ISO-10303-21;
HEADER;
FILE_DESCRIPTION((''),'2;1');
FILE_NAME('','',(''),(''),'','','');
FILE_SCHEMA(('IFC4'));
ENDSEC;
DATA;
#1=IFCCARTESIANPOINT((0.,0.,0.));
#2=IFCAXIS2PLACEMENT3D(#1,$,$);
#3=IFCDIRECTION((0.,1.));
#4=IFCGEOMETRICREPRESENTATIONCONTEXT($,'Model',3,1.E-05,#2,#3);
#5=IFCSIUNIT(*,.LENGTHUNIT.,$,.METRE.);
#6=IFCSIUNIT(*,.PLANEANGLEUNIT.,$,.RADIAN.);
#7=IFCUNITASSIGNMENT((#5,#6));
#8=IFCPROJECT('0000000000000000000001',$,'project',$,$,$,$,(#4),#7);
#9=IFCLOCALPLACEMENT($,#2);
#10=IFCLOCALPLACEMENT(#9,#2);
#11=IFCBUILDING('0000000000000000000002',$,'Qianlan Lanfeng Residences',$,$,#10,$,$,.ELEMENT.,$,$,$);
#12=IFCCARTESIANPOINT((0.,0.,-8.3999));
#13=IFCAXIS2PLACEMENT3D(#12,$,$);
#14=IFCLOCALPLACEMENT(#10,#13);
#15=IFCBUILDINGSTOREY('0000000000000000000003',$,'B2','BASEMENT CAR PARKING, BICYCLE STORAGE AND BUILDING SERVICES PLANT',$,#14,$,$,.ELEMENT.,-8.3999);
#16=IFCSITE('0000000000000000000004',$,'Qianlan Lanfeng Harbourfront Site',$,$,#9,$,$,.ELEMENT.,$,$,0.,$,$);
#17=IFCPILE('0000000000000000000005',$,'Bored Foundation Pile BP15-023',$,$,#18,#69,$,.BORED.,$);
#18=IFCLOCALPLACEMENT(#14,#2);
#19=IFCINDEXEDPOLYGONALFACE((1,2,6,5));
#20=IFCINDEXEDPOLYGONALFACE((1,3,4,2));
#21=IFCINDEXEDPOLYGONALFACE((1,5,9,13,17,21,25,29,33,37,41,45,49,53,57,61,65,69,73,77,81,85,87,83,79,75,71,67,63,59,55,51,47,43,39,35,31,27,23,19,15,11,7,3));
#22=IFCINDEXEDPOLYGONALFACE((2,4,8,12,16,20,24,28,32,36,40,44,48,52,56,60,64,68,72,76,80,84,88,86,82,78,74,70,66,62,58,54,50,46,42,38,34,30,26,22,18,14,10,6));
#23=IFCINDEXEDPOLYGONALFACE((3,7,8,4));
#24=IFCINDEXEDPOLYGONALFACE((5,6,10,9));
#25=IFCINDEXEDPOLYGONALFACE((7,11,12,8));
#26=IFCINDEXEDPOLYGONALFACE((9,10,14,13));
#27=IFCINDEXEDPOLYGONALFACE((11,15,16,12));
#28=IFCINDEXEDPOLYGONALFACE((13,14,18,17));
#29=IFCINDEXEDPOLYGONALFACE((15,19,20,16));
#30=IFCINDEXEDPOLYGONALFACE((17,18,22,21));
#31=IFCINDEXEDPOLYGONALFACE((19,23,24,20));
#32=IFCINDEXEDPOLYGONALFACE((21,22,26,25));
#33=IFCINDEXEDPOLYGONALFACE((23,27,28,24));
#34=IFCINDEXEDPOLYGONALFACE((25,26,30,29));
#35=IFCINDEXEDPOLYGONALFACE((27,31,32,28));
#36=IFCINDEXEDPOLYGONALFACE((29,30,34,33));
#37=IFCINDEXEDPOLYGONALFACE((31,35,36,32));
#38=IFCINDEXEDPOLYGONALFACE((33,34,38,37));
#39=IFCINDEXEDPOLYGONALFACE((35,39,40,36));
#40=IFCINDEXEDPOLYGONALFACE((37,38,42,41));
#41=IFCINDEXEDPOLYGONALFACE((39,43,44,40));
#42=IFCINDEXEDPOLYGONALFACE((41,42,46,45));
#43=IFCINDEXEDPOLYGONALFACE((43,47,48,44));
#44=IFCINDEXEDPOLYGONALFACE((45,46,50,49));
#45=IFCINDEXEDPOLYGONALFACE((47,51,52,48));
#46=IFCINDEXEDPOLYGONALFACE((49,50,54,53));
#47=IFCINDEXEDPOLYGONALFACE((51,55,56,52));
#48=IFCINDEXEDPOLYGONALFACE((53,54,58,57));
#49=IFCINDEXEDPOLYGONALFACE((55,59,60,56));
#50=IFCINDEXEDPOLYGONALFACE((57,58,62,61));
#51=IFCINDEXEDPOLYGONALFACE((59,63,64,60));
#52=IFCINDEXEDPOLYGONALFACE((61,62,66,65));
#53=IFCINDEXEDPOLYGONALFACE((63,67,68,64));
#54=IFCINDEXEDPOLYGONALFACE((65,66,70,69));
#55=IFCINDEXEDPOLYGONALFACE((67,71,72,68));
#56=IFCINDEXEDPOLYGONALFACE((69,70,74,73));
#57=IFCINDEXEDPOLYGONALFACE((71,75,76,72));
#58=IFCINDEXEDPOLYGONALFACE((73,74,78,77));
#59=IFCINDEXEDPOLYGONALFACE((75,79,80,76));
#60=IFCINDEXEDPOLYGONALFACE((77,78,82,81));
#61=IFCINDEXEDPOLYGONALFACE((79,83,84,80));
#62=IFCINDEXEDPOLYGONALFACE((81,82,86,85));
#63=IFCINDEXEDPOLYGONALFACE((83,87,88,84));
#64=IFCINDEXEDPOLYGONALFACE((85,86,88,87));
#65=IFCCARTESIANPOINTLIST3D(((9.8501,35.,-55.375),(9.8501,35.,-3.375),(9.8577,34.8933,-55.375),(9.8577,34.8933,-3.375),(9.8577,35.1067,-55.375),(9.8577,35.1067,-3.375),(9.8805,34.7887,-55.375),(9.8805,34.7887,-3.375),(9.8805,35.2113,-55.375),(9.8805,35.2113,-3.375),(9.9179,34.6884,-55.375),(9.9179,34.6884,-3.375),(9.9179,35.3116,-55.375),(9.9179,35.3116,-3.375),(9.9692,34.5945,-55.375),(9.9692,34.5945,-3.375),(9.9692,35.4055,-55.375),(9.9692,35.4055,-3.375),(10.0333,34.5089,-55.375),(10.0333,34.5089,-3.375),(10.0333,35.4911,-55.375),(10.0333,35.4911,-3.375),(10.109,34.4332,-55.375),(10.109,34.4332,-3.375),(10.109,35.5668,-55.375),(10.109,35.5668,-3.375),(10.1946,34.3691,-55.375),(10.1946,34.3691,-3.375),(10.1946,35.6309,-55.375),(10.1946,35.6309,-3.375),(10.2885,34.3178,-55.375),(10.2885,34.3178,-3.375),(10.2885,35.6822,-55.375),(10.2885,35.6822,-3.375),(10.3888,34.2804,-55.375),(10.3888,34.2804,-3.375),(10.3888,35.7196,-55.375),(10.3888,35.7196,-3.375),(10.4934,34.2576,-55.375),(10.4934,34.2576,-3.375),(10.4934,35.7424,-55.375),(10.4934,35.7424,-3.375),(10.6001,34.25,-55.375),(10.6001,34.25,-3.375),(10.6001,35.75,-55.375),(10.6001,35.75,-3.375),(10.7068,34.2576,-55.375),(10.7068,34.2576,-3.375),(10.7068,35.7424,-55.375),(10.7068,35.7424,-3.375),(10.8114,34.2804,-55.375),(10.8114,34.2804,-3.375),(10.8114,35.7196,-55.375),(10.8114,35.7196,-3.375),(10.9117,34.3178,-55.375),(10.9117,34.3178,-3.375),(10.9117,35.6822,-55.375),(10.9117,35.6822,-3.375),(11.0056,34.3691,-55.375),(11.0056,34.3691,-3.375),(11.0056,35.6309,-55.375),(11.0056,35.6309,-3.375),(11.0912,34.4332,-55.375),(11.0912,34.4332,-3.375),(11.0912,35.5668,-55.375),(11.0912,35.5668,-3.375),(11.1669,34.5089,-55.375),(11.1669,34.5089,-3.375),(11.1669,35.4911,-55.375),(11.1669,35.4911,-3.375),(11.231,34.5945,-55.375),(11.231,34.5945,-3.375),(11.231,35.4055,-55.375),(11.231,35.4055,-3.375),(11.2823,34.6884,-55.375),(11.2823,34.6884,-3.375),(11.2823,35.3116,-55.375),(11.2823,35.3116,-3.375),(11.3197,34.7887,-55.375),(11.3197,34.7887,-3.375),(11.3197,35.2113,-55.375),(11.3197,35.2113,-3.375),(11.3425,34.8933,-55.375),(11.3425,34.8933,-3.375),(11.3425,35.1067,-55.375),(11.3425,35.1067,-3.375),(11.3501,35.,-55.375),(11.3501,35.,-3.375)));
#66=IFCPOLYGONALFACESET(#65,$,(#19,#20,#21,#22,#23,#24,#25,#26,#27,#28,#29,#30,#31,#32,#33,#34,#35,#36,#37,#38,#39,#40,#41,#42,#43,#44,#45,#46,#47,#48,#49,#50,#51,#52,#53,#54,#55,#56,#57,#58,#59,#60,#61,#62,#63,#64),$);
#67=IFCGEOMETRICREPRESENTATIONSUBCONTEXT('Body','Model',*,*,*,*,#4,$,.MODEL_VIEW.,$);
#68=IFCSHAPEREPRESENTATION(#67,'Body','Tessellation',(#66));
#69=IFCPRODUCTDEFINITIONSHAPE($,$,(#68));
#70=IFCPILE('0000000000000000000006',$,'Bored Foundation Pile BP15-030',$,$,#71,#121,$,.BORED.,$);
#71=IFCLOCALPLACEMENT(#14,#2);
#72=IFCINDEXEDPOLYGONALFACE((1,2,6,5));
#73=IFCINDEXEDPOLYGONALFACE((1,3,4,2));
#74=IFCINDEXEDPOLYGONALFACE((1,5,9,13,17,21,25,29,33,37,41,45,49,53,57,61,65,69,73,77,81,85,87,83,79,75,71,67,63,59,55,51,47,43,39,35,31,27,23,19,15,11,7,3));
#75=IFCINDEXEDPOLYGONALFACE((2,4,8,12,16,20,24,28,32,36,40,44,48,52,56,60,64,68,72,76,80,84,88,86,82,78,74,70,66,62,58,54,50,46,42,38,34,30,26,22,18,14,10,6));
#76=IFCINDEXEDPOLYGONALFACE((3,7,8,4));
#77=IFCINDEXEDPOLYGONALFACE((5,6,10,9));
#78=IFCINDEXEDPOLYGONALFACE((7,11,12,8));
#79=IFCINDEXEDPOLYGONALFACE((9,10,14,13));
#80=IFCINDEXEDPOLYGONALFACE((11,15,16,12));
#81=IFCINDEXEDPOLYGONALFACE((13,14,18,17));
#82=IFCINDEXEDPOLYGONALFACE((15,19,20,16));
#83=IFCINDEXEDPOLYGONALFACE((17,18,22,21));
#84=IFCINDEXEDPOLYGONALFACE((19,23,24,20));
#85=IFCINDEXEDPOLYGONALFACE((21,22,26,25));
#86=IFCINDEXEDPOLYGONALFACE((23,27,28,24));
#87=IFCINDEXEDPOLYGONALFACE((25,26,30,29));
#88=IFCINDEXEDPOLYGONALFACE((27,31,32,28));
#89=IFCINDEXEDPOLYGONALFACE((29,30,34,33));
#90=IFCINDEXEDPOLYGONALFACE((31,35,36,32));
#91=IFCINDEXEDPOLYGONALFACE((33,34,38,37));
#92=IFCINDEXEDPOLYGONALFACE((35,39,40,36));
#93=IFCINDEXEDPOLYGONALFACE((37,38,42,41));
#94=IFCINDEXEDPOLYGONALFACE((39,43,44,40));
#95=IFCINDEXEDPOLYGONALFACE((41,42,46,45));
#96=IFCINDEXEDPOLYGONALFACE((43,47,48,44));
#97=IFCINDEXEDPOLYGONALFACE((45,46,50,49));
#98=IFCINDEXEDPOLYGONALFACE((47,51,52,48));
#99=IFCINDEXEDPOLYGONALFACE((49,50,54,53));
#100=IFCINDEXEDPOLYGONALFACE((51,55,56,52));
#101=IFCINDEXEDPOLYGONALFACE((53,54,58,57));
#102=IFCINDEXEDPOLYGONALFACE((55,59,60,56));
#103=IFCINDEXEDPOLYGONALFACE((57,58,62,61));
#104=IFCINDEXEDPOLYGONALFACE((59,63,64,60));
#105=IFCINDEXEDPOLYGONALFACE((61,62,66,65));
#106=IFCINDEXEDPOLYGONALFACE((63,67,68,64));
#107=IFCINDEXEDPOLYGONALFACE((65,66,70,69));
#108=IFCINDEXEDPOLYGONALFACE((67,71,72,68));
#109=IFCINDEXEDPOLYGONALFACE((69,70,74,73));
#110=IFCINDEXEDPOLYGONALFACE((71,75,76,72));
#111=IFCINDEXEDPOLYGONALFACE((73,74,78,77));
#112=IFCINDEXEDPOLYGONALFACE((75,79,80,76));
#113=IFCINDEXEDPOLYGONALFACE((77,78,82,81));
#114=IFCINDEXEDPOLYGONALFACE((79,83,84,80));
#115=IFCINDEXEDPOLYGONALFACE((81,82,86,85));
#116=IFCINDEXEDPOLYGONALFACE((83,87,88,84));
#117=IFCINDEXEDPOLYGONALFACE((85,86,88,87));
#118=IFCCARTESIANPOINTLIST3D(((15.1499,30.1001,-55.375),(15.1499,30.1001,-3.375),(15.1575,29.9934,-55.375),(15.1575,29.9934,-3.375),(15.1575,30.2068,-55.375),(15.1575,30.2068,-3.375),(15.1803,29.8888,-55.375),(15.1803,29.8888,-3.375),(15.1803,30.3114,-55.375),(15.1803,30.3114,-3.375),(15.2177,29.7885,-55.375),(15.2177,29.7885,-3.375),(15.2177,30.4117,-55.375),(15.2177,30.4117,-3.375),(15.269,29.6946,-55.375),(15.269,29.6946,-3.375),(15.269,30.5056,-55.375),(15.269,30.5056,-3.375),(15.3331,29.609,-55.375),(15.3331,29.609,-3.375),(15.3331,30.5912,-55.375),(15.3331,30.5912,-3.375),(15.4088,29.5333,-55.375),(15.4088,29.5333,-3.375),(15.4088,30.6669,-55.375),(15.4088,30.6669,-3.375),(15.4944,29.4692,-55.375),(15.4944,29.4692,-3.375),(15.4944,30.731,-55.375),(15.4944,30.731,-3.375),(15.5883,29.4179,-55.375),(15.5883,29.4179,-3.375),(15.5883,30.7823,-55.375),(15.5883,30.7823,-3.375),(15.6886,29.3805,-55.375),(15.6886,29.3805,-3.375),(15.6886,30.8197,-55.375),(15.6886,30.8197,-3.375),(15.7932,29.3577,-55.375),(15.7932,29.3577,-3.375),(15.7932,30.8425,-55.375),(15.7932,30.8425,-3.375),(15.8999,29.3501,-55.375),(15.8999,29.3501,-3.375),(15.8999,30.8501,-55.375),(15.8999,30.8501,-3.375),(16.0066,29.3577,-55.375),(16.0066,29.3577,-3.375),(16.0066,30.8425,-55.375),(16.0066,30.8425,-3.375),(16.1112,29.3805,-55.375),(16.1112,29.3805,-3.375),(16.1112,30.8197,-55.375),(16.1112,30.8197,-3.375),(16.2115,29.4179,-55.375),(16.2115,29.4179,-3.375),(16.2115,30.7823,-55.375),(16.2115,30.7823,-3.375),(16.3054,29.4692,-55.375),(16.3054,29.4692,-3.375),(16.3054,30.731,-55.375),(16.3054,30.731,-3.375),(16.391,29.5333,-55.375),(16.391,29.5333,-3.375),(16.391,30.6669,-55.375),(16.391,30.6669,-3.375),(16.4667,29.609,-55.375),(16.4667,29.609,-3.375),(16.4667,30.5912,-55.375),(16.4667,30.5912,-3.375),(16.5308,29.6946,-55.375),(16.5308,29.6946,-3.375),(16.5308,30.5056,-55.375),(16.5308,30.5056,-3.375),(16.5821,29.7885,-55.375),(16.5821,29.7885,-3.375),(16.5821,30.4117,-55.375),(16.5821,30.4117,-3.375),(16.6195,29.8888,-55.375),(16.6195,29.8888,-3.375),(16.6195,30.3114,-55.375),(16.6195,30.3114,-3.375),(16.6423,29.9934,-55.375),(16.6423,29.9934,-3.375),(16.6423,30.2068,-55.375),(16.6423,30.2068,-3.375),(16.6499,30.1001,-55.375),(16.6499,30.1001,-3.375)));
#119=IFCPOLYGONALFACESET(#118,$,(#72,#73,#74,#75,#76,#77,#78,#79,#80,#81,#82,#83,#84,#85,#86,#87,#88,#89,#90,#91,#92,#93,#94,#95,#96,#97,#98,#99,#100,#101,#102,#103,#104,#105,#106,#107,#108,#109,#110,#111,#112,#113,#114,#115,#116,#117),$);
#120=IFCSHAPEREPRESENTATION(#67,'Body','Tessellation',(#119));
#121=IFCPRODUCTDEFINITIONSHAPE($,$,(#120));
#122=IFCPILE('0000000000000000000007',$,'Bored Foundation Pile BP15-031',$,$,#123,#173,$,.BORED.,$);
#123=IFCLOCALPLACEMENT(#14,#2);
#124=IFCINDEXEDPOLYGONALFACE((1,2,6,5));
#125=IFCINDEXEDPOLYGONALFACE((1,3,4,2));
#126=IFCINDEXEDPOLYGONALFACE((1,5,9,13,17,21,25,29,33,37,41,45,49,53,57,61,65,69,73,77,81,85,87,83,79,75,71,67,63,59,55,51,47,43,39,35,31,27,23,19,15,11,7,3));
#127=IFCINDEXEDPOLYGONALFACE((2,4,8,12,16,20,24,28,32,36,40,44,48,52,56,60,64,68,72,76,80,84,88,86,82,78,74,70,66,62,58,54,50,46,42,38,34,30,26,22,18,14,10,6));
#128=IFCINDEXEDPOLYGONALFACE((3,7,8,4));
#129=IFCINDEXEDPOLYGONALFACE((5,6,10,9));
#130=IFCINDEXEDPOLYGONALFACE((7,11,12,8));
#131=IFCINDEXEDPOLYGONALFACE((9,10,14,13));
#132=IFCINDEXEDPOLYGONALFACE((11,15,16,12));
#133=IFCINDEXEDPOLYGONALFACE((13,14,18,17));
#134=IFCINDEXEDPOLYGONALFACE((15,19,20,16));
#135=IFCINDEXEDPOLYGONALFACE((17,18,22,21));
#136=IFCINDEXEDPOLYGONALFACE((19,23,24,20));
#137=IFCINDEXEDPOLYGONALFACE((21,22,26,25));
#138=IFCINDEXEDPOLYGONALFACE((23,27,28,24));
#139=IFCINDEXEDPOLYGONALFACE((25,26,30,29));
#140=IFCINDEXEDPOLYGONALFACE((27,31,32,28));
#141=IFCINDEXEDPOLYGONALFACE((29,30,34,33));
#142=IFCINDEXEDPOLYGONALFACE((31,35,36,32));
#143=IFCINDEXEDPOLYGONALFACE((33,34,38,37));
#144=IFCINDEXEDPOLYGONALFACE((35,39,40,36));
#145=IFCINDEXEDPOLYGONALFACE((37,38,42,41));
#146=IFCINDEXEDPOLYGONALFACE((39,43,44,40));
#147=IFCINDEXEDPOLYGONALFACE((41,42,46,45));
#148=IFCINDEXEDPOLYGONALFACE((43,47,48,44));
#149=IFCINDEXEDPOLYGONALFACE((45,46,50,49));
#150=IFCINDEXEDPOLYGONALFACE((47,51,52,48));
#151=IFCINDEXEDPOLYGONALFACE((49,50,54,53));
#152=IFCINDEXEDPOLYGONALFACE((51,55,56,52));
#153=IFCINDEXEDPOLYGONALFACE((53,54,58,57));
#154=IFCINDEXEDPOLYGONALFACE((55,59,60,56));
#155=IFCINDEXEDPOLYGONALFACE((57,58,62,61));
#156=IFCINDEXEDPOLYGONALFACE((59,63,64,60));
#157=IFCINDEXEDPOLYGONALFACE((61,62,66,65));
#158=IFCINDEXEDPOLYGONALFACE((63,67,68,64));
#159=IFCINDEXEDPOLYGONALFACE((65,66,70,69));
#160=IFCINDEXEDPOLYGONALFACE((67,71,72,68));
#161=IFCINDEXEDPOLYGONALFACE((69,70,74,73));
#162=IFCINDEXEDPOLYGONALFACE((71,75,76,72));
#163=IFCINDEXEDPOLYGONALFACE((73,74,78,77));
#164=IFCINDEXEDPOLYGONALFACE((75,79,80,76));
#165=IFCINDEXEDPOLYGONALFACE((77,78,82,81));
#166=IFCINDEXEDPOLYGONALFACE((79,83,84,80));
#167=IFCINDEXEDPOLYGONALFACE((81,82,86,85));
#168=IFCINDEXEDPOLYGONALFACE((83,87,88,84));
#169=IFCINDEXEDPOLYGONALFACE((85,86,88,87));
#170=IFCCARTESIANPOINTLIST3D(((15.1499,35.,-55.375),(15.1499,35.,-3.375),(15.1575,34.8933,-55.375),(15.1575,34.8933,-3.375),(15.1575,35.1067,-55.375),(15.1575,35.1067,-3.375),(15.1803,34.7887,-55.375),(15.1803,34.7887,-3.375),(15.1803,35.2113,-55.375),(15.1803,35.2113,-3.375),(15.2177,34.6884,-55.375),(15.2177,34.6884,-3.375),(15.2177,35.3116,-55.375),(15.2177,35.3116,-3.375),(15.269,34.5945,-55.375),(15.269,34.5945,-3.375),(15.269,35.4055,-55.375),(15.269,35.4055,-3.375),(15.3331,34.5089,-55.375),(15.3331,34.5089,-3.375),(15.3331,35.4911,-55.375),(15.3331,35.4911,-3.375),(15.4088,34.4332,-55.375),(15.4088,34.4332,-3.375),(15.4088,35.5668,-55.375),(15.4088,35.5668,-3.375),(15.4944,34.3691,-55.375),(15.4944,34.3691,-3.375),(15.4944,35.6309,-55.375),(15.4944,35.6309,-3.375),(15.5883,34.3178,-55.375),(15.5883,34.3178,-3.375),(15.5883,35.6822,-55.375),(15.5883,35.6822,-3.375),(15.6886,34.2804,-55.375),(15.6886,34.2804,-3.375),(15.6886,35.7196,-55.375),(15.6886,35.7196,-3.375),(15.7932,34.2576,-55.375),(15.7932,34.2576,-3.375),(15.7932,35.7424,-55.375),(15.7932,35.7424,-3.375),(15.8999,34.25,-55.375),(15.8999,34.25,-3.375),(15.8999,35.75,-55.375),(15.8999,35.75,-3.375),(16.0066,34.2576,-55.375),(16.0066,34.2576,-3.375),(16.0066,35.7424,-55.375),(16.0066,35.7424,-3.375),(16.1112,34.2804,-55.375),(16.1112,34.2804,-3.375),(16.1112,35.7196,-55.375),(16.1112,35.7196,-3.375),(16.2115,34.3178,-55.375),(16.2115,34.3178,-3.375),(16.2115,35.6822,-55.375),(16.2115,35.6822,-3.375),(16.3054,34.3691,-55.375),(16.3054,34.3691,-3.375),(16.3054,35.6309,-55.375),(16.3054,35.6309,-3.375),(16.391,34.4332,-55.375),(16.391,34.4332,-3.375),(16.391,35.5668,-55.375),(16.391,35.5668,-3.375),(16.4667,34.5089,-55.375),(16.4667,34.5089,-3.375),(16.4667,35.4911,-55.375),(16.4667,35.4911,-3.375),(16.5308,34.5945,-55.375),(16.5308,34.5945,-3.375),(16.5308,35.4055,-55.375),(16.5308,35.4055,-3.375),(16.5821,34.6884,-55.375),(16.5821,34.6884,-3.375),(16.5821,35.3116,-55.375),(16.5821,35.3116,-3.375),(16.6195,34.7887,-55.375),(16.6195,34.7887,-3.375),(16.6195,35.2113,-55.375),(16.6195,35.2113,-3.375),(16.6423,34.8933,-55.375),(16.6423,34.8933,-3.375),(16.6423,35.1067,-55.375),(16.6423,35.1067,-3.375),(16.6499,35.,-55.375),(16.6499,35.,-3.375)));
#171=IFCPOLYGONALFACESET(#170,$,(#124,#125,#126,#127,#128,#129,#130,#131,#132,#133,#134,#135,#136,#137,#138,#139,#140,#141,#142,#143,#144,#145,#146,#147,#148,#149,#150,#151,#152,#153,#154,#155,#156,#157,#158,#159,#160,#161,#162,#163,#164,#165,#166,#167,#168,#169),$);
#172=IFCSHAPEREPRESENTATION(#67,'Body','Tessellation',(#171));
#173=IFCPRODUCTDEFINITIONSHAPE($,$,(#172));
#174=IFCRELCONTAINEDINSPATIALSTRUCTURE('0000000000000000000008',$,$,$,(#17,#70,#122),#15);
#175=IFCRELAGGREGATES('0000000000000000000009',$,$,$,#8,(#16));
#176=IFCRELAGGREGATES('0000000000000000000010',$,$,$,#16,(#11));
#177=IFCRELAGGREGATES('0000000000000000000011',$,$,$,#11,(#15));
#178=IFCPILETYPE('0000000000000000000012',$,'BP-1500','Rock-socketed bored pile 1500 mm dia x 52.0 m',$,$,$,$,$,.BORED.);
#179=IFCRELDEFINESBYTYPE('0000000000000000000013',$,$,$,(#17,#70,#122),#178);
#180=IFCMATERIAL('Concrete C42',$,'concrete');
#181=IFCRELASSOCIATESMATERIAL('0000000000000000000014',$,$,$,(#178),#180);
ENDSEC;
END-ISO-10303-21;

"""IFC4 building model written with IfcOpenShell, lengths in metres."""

from ifc_helpers import new_model, si_unit, direction, frame, origin, origin_2d, place, context, subcontext, project, spatial, circle, extrude, material, material_profile, profile_set, type_object, element, save


model = new_model("IFC4")

# Units and contexts
model_context = context("Model", 3, precision=1e-05, world=origin(), true_north=direction((0.0, 1.0)))
body_context = subcontext(model_context, "Body", "Model", "MODEL_VIEW")
ifc_project = project(units=[si_unit("LENGTHUNIT", "METRE"), si_unit("PLANEANGLEUNIT", "RADIAN")], contexts=[model_context])

# Site, building, storey
site_placement = place(None, origin())
site = spatial("IfcSite", under=ifc_project, at=site_placement, Name="Qianlan Lanfeng Harbourfront Site", CompositionType="ELEMENT", RefElevation=0.0)
building_placement = place(site_placement, origin())
building = spatial("IfcBuilding", under=site, at=building_placement, Name="Qianlan Lanfeng Residences", CompositionType="ELEMENT")
storey_placement = place(building_placement, frame((0.0, 0.0, -8.3999)))
storey = spatial("IfcBuildingStorey", under=building, at=storey_placement, Name="B2", Description="BASEMENT CAR PARKING, BICYCLE STORAGE AND BUILDING SERVICES PLANT", CompositionType="ELEMENT", Elevation=-8.3999)

# Piles
ifc_material_1 = material(Name="Concrete C42", Category="concrete")
ifc_material_profile_1 = material_profile(ifc_material_1, circle(Radius=0.75, at=origin_2d()), Name="PILE D1500")
ifc_profile_set_1 = profile_set([ifc_material_profile_1], Name="Concrete C42")
pile_type = type_object("IfcPileType", Name="BP-1500", Description="Rock-socketed bored pile 1500 mm dia x 52.0 m", PredefinedType="BORED", material=ifc_profile_set_1)
for number, where, z_axis, x_axis, name in (
    (1, (10.6001, 35.0, -3.375), (0.0, 0.0, -1.0), (1.0, 0.0, 0.0), "Bored Foundation Pile BP15-023"),
    (2, (15.8999, 30.1001, -3.375), (0.0, 0.0, -1.0), (1.0, 0.0, 0.0), "Bored Foundation Pile BP15-030"),
    (3, (15.8999, 35.0, -3.375), (0.0, 0.0, -1.0), (1.0, 0.0, 0.0), "Bored Foundation Pile BP15-031"),
):
    element("IfcPile", number, at=place(storey_placement, frame(where, z_axis=z_axis, x_axis=x_axis)), inside=storey, type_object=pile_type, Name=name, PredefinedType="BORED", context=body_context, shape_type="SweptSolid", body=[
        extrude(circle(Radius=0.75, at=origin_2d()), origin(), (0.0, 0.0, 1.0), 52.0),
    ])

save(model, "model.ifc")
